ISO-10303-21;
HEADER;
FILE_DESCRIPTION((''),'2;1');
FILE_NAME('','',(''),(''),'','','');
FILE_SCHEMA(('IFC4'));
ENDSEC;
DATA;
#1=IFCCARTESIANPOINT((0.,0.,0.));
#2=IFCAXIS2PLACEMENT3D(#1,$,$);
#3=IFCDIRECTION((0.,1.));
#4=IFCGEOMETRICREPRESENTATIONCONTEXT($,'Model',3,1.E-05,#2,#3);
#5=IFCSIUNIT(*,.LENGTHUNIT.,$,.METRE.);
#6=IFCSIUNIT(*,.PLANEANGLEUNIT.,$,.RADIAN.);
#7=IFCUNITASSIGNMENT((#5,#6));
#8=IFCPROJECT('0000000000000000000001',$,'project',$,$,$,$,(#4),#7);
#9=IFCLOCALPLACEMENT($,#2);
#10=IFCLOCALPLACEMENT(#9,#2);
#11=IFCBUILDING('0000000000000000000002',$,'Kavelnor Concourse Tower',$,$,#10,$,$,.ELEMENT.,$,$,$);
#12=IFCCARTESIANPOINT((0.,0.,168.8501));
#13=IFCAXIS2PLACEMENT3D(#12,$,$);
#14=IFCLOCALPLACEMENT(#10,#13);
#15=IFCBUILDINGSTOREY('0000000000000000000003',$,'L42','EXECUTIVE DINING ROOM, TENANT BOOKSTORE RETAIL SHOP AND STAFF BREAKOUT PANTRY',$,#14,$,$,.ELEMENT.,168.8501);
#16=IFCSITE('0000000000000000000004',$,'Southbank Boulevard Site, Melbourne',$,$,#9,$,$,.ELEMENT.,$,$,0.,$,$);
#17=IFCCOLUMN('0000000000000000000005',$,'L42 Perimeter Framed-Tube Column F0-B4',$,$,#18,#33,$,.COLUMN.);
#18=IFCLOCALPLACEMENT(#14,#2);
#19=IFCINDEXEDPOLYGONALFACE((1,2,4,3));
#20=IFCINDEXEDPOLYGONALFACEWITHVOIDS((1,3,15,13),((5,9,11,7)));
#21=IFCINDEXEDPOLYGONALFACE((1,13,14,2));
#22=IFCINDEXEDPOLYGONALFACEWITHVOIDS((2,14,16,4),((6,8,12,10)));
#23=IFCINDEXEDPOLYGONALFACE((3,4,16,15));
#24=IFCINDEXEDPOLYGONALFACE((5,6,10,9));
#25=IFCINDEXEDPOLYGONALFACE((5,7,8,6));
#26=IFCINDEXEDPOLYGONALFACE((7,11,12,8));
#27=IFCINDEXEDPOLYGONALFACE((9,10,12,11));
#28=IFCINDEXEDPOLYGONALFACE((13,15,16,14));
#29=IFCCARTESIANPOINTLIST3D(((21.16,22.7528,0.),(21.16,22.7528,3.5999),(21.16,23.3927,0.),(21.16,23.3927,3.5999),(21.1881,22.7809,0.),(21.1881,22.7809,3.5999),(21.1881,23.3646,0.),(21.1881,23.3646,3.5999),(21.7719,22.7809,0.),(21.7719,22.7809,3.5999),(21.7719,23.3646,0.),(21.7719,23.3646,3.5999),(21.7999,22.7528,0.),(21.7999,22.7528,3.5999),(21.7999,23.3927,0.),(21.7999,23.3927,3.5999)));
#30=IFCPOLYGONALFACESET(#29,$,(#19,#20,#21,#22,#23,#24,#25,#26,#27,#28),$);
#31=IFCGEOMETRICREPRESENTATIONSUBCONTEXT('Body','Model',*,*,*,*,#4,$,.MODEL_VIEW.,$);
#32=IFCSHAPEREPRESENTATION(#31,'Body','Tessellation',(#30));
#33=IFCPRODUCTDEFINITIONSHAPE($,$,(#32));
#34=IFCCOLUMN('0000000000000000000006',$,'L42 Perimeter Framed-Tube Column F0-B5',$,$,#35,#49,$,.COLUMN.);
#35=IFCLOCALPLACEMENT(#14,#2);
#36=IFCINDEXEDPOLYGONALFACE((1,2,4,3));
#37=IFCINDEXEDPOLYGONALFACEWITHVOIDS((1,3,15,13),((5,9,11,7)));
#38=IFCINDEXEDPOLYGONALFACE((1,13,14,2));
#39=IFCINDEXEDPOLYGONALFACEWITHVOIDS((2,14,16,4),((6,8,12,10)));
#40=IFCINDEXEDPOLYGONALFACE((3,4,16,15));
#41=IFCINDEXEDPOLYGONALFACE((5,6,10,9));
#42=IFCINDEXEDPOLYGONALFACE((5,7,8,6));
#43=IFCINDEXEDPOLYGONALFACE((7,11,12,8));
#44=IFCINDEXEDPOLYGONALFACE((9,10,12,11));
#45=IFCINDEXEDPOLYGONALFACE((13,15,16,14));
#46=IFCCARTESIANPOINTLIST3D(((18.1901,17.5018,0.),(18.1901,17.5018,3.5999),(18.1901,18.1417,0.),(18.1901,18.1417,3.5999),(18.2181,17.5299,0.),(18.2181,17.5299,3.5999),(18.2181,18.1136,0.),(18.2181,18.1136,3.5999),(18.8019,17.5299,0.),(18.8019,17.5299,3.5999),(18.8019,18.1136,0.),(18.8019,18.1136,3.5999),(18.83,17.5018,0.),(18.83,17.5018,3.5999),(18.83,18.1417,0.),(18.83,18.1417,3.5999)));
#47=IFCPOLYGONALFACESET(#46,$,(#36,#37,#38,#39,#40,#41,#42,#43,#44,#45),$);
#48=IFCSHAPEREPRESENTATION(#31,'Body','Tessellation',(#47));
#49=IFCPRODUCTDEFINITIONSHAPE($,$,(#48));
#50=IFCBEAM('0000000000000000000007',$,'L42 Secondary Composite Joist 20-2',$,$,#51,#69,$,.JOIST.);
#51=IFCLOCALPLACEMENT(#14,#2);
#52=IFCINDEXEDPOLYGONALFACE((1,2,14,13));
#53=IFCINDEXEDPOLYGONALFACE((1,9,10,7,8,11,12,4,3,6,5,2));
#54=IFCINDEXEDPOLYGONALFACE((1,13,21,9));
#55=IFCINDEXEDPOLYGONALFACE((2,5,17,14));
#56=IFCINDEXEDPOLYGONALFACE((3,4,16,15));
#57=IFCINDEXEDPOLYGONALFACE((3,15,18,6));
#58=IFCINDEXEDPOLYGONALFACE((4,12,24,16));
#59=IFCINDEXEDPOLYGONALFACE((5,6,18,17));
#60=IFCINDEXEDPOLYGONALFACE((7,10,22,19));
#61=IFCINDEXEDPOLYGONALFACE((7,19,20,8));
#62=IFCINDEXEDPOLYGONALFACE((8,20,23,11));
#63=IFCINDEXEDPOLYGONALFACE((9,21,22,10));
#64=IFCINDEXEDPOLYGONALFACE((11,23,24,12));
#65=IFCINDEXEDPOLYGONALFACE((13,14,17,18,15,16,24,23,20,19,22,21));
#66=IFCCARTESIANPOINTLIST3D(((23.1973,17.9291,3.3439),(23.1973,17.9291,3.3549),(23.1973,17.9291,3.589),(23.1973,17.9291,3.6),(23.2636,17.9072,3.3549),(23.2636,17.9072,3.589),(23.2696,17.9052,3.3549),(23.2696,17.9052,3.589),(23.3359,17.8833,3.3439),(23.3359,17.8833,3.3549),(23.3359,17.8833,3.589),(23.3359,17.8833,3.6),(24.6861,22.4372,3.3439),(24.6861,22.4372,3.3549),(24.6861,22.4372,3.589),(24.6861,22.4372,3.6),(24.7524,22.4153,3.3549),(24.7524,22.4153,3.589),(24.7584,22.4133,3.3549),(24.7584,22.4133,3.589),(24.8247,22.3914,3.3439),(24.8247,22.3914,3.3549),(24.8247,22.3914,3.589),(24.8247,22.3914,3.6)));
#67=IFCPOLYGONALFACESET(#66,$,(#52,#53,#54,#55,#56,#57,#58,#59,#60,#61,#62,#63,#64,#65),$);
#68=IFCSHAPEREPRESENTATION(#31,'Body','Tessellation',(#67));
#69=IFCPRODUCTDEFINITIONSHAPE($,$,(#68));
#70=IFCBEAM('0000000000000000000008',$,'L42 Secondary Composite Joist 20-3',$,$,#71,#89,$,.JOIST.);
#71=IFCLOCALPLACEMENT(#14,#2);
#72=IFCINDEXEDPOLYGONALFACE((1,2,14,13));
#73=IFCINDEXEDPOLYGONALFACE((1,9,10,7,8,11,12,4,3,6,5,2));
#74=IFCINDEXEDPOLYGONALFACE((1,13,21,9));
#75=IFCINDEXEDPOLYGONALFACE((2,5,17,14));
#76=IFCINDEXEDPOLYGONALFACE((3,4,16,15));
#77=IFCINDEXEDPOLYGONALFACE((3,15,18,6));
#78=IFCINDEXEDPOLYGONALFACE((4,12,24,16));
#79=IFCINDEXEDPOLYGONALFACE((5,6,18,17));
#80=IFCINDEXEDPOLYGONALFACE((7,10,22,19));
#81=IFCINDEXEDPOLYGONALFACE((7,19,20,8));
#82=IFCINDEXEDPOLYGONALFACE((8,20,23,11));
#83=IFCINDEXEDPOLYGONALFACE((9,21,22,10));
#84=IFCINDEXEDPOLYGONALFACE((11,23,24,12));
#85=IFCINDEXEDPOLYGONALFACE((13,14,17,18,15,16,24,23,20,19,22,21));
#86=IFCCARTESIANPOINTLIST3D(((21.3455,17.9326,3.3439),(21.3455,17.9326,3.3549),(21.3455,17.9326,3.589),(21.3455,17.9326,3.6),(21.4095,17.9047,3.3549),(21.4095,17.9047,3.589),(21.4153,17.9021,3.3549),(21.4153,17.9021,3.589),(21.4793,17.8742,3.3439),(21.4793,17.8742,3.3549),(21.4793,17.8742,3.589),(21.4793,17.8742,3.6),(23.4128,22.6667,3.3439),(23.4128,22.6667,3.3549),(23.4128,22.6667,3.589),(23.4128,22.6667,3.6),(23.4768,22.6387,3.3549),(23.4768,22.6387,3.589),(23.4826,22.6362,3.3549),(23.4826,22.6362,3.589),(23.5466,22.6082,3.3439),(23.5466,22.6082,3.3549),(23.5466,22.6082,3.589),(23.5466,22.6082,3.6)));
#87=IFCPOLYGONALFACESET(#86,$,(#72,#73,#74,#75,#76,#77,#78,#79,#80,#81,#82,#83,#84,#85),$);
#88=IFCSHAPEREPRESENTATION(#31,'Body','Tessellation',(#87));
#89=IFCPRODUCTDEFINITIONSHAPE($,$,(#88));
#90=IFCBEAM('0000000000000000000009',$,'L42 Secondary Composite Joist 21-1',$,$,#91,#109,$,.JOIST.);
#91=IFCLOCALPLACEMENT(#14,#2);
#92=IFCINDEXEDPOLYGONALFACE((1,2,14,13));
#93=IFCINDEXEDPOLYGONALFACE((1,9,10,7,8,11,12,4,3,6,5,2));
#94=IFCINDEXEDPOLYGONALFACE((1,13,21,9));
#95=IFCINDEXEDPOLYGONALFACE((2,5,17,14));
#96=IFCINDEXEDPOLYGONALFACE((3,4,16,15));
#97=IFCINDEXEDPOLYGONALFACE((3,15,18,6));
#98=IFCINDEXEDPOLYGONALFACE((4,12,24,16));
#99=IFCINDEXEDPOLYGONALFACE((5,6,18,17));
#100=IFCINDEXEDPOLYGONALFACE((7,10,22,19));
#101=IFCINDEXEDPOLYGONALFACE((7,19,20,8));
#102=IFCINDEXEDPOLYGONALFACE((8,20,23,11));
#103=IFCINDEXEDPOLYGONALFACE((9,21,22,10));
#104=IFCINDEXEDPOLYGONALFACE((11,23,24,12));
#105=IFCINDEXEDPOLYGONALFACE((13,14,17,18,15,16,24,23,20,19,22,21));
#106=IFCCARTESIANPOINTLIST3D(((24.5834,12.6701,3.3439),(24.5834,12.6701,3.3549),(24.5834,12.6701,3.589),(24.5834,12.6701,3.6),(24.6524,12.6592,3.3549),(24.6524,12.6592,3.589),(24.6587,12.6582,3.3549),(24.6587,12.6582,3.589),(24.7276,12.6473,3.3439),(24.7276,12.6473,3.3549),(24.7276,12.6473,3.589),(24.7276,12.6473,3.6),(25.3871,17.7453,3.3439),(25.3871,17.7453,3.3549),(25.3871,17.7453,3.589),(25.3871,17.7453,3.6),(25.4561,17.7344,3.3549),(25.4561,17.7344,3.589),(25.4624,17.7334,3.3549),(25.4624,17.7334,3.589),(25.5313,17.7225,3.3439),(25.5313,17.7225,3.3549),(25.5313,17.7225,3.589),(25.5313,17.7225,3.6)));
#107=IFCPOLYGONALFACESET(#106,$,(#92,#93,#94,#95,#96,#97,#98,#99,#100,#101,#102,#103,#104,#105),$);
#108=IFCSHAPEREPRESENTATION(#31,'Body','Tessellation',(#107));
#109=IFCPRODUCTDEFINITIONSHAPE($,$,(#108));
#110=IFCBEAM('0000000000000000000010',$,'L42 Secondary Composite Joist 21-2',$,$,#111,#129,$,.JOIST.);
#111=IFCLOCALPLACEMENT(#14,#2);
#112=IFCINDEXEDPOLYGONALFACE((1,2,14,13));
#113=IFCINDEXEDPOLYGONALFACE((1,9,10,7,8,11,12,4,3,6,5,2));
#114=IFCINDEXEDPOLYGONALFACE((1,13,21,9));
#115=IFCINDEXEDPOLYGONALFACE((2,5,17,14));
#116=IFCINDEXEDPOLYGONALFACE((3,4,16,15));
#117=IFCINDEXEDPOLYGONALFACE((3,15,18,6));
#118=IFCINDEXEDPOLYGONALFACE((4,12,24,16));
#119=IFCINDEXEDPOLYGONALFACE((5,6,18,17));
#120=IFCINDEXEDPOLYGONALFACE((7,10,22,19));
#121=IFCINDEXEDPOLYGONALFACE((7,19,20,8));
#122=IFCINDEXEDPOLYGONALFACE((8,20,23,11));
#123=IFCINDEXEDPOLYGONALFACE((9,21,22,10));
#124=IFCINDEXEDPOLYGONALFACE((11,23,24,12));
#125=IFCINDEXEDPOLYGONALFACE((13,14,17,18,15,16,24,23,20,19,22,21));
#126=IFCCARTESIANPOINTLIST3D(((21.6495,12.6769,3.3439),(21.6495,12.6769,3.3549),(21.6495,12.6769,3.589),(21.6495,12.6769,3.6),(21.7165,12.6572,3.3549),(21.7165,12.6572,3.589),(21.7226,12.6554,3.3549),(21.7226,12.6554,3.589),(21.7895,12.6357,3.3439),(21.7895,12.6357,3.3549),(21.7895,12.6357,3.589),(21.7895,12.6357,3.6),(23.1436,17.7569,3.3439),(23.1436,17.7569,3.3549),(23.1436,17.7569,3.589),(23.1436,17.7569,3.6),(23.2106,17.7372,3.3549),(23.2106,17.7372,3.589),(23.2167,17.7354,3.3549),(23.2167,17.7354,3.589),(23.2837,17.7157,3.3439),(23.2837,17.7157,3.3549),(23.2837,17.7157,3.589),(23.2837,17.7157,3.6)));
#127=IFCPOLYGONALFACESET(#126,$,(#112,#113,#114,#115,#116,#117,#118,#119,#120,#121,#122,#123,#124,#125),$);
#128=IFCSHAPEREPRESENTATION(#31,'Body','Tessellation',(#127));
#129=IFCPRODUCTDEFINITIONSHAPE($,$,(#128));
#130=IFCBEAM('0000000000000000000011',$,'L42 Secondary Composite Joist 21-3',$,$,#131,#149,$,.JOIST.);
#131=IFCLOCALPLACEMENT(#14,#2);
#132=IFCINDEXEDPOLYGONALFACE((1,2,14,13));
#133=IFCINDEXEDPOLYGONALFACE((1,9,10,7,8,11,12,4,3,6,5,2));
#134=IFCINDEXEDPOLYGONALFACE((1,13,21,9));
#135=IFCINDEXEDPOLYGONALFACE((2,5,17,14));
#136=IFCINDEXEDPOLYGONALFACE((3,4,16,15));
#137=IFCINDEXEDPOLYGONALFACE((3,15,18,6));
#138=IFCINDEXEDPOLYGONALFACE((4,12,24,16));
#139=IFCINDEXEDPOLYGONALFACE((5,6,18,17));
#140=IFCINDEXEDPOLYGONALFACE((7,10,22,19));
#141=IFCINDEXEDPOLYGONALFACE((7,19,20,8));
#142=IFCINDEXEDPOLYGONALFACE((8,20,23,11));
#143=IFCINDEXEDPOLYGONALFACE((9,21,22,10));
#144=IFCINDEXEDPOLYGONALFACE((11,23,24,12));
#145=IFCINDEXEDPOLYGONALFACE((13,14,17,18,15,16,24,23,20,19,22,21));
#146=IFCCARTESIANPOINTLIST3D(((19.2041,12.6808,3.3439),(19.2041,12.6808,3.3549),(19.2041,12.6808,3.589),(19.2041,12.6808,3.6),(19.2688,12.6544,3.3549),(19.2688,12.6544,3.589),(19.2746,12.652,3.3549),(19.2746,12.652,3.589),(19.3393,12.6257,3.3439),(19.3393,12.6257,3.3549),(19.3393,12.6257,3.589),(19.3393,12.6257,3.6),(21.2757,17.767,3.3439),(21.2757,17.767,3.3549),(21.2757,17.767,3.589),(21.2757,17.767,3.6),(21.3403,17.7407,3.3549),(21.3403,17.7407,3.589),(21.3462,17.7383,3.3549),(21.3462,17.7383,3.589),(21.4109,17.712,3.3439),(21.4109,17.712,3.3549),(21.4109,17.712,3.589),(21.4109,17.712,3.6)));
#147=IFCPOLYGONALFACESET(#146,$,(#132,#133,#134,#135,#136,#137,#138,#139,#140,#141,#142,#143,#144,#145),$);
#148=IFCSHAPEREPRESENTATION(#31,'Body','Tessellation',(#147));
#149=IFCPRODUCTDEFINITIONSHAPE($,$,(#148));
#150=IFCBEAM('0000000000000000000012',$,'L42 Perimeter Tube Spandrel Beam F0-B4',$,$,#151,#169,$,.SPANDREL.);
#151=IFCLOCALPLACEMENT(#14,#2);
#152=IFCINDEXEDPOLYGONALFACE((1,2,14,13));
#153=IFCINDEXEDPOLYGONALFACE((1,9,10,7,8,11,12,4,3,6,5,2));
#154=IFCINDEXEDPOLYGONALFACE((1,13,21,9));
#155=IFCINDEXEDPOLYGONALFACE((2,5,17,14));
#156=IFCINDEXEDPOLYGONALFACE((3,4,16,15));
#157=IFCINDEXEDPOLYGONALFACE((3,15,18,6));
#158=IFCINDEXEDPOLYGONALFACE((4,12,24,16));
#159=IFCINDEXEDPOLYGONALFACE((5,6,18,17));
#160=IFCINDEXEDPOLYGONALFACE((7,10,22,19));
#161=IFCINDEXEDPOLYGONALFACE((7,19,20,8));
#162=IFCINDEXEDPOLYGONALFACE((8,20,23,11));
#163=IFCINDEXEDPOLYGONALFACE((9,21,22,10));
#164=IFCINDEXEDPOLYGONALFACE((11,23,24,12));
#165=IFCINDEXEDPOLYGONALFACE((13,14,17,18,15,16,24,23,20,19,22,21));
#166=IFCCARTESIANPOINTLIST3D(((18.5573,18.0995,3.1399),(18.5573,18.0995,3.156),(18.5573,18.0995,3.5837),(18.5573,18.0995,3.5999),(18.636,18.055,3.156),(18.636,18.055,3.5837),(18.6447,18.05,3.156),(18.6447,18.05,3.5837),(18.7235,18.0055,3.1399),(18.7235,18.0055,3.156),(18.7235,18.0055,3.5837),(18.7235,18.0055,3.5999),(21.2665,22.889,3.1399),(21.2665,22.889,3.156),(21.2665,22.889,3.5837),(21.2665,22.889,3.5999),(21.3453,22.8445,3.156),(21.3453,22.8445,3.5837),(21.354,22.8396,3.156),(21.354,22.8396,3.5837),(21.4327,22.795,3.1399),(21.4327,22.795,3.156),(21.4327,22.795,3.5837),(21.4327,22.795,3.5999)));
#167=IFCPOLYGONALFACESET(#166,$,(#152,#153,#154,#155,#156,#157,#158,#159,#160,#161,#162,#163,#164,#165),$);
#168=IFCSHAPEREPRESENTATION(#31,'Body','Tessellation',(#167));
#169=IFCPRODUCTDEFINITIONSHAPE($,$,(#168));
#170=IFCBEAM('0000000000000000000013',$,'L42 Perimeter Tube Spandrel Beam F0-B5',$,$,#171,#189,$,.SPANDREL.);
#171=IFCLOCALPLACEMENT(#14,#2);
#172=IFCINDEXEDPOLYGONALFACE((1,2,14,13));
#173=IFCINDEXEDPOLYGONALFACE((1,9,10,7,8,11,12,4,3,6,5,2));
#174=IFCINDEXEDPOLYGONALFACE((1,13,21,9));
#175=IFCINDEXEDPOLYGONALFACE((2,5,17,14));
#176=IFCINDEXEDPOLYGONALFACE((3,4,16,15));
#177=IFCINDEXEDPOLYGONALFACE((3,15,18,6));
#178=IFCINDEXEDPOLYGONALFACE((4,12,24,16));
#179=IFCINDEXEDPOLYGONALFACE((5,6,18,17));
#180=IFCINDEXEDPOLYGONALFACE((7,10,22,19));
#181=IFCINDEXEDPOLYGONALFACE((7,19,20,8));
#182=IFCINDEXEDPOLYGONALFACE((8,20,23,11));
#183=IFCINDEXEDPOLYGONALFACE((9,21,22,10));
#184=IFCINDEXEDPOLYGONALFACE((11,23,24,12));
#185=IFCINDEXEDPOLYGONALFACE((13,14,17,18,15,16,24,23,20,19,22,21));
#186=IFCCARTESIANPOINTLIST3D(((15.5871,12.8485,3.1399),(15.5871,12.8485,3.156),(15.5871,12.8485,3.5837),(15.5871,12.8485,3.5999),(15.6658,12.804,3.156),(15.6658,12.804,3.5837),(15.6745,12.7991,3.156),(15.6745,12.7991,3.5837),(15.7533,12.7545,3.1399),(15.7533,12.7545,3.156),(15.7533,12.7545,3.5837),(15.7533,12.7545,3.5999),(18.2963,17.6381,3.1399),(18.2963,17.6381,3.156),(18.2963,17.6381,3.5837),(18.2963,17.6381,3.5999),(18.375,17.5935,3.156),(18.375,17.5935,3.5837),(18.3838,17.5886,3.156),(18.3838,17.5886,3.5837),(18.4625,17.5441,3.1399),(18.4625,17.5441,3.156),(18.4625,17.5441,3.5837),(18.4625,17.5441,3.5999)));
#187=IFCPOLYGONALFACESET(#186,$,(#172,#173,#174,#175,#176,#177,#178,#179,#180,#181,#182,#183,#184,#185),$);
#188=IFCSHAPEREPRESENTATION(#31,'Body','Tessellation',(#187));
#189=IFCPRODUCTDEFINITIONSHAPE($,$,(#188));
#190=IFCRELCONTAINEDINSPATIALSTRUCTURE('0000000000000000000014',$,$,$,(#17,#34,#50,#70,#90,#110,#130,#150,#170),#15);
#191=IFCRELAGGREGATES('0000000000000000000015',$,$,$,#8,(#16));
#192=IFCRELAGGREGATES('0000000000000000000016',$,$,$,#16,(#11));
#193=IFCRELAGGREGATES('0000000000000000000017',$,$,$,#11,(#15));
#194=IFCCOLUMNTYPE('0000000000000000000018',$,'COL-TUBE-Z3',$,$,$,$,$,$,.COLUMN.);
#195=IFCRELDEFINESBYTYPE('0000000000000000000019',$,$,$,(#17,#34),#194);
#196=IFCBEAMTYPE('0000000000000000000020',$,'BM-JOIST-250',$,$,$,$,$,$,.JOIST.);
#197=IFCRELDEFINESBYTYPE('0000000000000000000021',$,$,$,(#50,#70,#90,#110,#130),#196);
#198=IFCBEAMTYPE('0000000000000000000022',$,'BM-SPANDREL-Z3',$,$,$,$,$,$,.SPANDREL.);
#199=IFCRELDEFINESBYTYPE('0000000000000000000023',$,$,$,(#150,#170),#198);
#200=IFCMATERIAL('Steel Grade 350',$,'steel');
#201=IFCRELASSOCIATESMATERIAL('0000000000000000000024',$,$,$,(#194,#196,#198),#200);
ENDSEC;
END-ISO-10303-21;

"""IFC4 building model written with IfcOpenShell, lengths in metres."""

from ifc_helpers import new_model, si_unit, direction, frame, origin, origin_2d, place, context, subcontext, project, spatial, hollow_rectangle, i_section, extrude, material, material_profile, profile_set, type_object, element, save


model = new_model("IFC4")

# Units and contexts
model_context = context("Model", 3, precision=1e-05, world=origin(), true_north=direction((0.0, 1.0)))
body_context = subcontext(model_context, "Body", "Model", "MODEL_VIEW")
ifc_project = project(units=[si_unit("LENGTHUNIT", "METRE"), si_unit("PLANEANGLEUNIT", "RADIAN")], contexts=[model_context])

# Site, building, storey
site_placement = place(None, origin())
site = spatial("IfcSite", under=ifc_project, at=site_placement, Name="Southbank Boulevard Site, Melbourne", CompositionType="ELEMENT", RefElevation=0.0)
building_placement = place(site_placement, origin())
building = spatial("IfcBuilding", under=site, at=building_placement, Name="Kavelnor Concourse Tower", CompositionType="ELEMENT")
storey_placement = place(building_placement, frame((0.0, 0.0, 168.8501)))
storey = spatial("IfcBuildingStorey", under=building, at=storey_placement, Name="L42", Description="EXECUTIVE DINING ROOM, TENANT BOOKSTORE RETAIL SHOP AND STAFF BREAKOUT PANTRY", CompositionType="ELEMENT", Elevation=168.8501)

# Columns
ifc_material_1 = material(Name="Steel Grade 350", Category="steel")
ifc_material_profile_1 = material_profile(ifc_material_1, hollow_rectangle(XDim=0.6399, YDim=0.6399, WallThickness=0.0281, at=origin_2d()), Name="SHS 640x640x28")
ifc_profile_set_1 = profile_set([ifc_material_profile_1], Name="Steel Grade 350")
column_type = type_object("IfcColumnType", Name="COL-TUBE-Z3", PredefinedType="COLUMN", material=ifc_profile_set_1)
for number, where, z_axis, x_axis, name in (
    (1, (21.48, 23.0728, 0.0), (0.0, 0.0, 1.0), (1.0, 0.0, 0.0), "L42 Perimeter Framed-Tube Column F0-B4"),
    (2, (18.51, 17.8218, 0.0), (0.0, 0.0, 1.0), (1.0, 0.0, 0.0), "L42 Perimeter Framed-Tube Column F0-B5"),
):
    element("IfcColumn", number, at=place(storey_placement, frame(where, z_axis=z_axis, x_axis=x_axis)), inside=storey, type_object=column_type, Name=name, PredefinedType="COLUMN", context=body_context, shape_type="SweptSolid", body=[
        extrude(hollow_rectangle(XDim=0.6399, YDim=0.6399, WallThickness=0.0281, at=origin_2d()), origin(), (0.0, 0.0, 1.0), 3.5999),
    ])

# Beams
ifc_material_profile_2 = material_profile(ifc_material_1, i_section(OverallWidth=0.146, OverallDepth=0.2561, WebThickness=0.0063, FlangeThickness=0.011, at=origin_2d()), Name="250UB37")
ifc_profile_set_2 = profile_set([ifc_material_profile_2], Name="Steel Grade 350")
beam_type_1 = type_object("IfcBeamType", Name="BM-JOIST-250", PredefinedType="JOIST", material=ifc_profile_set_2)
beam_1_placement = place(storey_placement, frame((24.7554, 22.4143, 3.4719), z_axis=(-0.313588, -0.949559, 0.0), x_axis=(0.949559, -0.313588, 0.0)))
element("IfcBeam", 3, at=beam_1_placement, inside=storey, type_object=beam_type_1, Name="L42 Secondary Composite Joist 20-2", PredefinedType="JOIST", context=body_context, shape_type="SweptSolid", body=[
    extrude(i_section(OverallWidth=0.146, OverallDepth=0.2561, WebThickness=0.0063, FlangeThickness=0.011, at=origin_2d()), origin(), (0.0, 0.0, 1.0), 4.7476),
])
beam_2_placement = place(storey_placement, frame((23.4797, 22.6375, 3.4719), z_axis=(-0.400201, -0.916427, 0.0), x_axis=(0.916427, -0.400201, 0.0)))
element("IfcBeam", 4, at=beam_2_placement, inside=storey, type_object=beam_type_1, Name="L42 Secondary Composite Joist 20-3", PredefinedType="JOIST", context=body_context, shape_type="SweptSolid", body=[
    extrude(i_section(OverallWidth=0.146, OverallDepth=0.2561, WebThickness=0.0063, FlangeThickness=0.011, at=origin_2d()), origin(), (0.0, 0.0, 1.0), 5.1658),
])
beam_3_placement = place(storey_placement, frame((25.4592, 17.7339, 3.4719), z_axis=(-0.156411, -0.987692, 0.0), x_axis=(0.987692, -0.156411, 0.0)))
element("IfcBeam", 5, at=beam_3_placement, inside=storey, type_object=beam_type_1, Name="L42 Secondary Composite Joist 21-1", PredefinedType="JOIST", context=body_context, shape_type="SweptSolid", body=[
    extrude(i_section(OverallWidth=0.146, OverallDepth=0.2561, WebThickness=0.0063, FlangeThickness=0.011, at=origin_2d()), origin(), (0.0, 0.0, 1.0), 5.1384),
])
beam_4_placement = place(storey_placement, frame((23.2136, 17.7363, 3.4719), z_axis=(-0.282166, -0.959366, 0.0), x_axis=(0.959366, -0.282166, 0.0)))
element("IfcBeam", 6, at=beam_4_placement, inside=storey, type_object=beam_type_1, Name="L42 Secondary Composite Joist 21-2", PredefinedType="JOIST", context=body_context, shape_type="SweptSolid", body=[
    extrude(i_section(OverallWidth=0.146, OverallDepth=0.2561, WebThickness=0.0063, FlangeThickness=0.011, at=origin_2d()), origin(), (0.0, 0.0, 1.0), 5.2952),
])
beam_5_placement = place(storey_placement, frame((21.3433, 17.7395, 3.4719), z_axis=(-0.377201, -0.926131, 0.0), x_axis=(0.926131, -0.377201, 0.0)))
element("IfcBeam", 7, at=beam_5_placement, inside=storey, type_object=beam_type_1, Name="L42 Secondary Composite Joist 21-3", PredefinedType="JOIST", context=body_context, shape_type="SweptSolid", body=[
    extrude(i_section(OverallWidth=0.146, OverallDepth=0.2561, WebThickness=0.0063, FlangeThickness=0.011, at=origin_2d()), origin(), (0.0, 0.0, 1.0), 5.4919),
])
ifc_material_profile_3 = material_profile(ifc_material_1, i_section(OverallWidth=0.1909, OverallDepth=0.46, WebThickness=0.01, FlangeThickness=0.0161, at=origin_2d()), Name="460UB82")
ifc_profile_set_3 = profile_set([ifc_material_profile_3], Name="Steel Grade 350")
beam_type_2 = type_object("IfcBeamType", Name="BM-SPANDREL-Z3", PredefinedType="SPANDREL", material=ifc_profile_set_3)
for number, where, z_axis, x_axis, name in (
    (8, (21.3496, 22.842, 3.3699), (-0.492345, -0.8704, 0.0), (0.8704, -0.492345, 0.0), "L42 Perimeter Tube Spandrel Beam F0-B4"),
    (9, (18.3794, 17.5911, 3.3699), (-0.492345, -0.8704, 0.0), (0.8704, -0.492345, 0.0), "L42 Perimeter Tube Spandrel Beam F0-B5"),
):
    element("IfcBeam", number, at=place(storey_placement, frame(where, z_axis=z_axis, x_axis=x_axis)), inside=storey, type_object=beam_type_2, Name=name, PredefinedType="SPANDREL", context=body_context, shape_type="SweptSolid", body=[
        extrude(i_section(OverallWidth=0.1909, OverallDepth=0.46, WebThickness=0.01, FlangeThickness=0.0161, at=origin_2d()), origin(), (0.0, 0.0, 1.0), 5.5027),
    ])

save(model, "model.ifc")
